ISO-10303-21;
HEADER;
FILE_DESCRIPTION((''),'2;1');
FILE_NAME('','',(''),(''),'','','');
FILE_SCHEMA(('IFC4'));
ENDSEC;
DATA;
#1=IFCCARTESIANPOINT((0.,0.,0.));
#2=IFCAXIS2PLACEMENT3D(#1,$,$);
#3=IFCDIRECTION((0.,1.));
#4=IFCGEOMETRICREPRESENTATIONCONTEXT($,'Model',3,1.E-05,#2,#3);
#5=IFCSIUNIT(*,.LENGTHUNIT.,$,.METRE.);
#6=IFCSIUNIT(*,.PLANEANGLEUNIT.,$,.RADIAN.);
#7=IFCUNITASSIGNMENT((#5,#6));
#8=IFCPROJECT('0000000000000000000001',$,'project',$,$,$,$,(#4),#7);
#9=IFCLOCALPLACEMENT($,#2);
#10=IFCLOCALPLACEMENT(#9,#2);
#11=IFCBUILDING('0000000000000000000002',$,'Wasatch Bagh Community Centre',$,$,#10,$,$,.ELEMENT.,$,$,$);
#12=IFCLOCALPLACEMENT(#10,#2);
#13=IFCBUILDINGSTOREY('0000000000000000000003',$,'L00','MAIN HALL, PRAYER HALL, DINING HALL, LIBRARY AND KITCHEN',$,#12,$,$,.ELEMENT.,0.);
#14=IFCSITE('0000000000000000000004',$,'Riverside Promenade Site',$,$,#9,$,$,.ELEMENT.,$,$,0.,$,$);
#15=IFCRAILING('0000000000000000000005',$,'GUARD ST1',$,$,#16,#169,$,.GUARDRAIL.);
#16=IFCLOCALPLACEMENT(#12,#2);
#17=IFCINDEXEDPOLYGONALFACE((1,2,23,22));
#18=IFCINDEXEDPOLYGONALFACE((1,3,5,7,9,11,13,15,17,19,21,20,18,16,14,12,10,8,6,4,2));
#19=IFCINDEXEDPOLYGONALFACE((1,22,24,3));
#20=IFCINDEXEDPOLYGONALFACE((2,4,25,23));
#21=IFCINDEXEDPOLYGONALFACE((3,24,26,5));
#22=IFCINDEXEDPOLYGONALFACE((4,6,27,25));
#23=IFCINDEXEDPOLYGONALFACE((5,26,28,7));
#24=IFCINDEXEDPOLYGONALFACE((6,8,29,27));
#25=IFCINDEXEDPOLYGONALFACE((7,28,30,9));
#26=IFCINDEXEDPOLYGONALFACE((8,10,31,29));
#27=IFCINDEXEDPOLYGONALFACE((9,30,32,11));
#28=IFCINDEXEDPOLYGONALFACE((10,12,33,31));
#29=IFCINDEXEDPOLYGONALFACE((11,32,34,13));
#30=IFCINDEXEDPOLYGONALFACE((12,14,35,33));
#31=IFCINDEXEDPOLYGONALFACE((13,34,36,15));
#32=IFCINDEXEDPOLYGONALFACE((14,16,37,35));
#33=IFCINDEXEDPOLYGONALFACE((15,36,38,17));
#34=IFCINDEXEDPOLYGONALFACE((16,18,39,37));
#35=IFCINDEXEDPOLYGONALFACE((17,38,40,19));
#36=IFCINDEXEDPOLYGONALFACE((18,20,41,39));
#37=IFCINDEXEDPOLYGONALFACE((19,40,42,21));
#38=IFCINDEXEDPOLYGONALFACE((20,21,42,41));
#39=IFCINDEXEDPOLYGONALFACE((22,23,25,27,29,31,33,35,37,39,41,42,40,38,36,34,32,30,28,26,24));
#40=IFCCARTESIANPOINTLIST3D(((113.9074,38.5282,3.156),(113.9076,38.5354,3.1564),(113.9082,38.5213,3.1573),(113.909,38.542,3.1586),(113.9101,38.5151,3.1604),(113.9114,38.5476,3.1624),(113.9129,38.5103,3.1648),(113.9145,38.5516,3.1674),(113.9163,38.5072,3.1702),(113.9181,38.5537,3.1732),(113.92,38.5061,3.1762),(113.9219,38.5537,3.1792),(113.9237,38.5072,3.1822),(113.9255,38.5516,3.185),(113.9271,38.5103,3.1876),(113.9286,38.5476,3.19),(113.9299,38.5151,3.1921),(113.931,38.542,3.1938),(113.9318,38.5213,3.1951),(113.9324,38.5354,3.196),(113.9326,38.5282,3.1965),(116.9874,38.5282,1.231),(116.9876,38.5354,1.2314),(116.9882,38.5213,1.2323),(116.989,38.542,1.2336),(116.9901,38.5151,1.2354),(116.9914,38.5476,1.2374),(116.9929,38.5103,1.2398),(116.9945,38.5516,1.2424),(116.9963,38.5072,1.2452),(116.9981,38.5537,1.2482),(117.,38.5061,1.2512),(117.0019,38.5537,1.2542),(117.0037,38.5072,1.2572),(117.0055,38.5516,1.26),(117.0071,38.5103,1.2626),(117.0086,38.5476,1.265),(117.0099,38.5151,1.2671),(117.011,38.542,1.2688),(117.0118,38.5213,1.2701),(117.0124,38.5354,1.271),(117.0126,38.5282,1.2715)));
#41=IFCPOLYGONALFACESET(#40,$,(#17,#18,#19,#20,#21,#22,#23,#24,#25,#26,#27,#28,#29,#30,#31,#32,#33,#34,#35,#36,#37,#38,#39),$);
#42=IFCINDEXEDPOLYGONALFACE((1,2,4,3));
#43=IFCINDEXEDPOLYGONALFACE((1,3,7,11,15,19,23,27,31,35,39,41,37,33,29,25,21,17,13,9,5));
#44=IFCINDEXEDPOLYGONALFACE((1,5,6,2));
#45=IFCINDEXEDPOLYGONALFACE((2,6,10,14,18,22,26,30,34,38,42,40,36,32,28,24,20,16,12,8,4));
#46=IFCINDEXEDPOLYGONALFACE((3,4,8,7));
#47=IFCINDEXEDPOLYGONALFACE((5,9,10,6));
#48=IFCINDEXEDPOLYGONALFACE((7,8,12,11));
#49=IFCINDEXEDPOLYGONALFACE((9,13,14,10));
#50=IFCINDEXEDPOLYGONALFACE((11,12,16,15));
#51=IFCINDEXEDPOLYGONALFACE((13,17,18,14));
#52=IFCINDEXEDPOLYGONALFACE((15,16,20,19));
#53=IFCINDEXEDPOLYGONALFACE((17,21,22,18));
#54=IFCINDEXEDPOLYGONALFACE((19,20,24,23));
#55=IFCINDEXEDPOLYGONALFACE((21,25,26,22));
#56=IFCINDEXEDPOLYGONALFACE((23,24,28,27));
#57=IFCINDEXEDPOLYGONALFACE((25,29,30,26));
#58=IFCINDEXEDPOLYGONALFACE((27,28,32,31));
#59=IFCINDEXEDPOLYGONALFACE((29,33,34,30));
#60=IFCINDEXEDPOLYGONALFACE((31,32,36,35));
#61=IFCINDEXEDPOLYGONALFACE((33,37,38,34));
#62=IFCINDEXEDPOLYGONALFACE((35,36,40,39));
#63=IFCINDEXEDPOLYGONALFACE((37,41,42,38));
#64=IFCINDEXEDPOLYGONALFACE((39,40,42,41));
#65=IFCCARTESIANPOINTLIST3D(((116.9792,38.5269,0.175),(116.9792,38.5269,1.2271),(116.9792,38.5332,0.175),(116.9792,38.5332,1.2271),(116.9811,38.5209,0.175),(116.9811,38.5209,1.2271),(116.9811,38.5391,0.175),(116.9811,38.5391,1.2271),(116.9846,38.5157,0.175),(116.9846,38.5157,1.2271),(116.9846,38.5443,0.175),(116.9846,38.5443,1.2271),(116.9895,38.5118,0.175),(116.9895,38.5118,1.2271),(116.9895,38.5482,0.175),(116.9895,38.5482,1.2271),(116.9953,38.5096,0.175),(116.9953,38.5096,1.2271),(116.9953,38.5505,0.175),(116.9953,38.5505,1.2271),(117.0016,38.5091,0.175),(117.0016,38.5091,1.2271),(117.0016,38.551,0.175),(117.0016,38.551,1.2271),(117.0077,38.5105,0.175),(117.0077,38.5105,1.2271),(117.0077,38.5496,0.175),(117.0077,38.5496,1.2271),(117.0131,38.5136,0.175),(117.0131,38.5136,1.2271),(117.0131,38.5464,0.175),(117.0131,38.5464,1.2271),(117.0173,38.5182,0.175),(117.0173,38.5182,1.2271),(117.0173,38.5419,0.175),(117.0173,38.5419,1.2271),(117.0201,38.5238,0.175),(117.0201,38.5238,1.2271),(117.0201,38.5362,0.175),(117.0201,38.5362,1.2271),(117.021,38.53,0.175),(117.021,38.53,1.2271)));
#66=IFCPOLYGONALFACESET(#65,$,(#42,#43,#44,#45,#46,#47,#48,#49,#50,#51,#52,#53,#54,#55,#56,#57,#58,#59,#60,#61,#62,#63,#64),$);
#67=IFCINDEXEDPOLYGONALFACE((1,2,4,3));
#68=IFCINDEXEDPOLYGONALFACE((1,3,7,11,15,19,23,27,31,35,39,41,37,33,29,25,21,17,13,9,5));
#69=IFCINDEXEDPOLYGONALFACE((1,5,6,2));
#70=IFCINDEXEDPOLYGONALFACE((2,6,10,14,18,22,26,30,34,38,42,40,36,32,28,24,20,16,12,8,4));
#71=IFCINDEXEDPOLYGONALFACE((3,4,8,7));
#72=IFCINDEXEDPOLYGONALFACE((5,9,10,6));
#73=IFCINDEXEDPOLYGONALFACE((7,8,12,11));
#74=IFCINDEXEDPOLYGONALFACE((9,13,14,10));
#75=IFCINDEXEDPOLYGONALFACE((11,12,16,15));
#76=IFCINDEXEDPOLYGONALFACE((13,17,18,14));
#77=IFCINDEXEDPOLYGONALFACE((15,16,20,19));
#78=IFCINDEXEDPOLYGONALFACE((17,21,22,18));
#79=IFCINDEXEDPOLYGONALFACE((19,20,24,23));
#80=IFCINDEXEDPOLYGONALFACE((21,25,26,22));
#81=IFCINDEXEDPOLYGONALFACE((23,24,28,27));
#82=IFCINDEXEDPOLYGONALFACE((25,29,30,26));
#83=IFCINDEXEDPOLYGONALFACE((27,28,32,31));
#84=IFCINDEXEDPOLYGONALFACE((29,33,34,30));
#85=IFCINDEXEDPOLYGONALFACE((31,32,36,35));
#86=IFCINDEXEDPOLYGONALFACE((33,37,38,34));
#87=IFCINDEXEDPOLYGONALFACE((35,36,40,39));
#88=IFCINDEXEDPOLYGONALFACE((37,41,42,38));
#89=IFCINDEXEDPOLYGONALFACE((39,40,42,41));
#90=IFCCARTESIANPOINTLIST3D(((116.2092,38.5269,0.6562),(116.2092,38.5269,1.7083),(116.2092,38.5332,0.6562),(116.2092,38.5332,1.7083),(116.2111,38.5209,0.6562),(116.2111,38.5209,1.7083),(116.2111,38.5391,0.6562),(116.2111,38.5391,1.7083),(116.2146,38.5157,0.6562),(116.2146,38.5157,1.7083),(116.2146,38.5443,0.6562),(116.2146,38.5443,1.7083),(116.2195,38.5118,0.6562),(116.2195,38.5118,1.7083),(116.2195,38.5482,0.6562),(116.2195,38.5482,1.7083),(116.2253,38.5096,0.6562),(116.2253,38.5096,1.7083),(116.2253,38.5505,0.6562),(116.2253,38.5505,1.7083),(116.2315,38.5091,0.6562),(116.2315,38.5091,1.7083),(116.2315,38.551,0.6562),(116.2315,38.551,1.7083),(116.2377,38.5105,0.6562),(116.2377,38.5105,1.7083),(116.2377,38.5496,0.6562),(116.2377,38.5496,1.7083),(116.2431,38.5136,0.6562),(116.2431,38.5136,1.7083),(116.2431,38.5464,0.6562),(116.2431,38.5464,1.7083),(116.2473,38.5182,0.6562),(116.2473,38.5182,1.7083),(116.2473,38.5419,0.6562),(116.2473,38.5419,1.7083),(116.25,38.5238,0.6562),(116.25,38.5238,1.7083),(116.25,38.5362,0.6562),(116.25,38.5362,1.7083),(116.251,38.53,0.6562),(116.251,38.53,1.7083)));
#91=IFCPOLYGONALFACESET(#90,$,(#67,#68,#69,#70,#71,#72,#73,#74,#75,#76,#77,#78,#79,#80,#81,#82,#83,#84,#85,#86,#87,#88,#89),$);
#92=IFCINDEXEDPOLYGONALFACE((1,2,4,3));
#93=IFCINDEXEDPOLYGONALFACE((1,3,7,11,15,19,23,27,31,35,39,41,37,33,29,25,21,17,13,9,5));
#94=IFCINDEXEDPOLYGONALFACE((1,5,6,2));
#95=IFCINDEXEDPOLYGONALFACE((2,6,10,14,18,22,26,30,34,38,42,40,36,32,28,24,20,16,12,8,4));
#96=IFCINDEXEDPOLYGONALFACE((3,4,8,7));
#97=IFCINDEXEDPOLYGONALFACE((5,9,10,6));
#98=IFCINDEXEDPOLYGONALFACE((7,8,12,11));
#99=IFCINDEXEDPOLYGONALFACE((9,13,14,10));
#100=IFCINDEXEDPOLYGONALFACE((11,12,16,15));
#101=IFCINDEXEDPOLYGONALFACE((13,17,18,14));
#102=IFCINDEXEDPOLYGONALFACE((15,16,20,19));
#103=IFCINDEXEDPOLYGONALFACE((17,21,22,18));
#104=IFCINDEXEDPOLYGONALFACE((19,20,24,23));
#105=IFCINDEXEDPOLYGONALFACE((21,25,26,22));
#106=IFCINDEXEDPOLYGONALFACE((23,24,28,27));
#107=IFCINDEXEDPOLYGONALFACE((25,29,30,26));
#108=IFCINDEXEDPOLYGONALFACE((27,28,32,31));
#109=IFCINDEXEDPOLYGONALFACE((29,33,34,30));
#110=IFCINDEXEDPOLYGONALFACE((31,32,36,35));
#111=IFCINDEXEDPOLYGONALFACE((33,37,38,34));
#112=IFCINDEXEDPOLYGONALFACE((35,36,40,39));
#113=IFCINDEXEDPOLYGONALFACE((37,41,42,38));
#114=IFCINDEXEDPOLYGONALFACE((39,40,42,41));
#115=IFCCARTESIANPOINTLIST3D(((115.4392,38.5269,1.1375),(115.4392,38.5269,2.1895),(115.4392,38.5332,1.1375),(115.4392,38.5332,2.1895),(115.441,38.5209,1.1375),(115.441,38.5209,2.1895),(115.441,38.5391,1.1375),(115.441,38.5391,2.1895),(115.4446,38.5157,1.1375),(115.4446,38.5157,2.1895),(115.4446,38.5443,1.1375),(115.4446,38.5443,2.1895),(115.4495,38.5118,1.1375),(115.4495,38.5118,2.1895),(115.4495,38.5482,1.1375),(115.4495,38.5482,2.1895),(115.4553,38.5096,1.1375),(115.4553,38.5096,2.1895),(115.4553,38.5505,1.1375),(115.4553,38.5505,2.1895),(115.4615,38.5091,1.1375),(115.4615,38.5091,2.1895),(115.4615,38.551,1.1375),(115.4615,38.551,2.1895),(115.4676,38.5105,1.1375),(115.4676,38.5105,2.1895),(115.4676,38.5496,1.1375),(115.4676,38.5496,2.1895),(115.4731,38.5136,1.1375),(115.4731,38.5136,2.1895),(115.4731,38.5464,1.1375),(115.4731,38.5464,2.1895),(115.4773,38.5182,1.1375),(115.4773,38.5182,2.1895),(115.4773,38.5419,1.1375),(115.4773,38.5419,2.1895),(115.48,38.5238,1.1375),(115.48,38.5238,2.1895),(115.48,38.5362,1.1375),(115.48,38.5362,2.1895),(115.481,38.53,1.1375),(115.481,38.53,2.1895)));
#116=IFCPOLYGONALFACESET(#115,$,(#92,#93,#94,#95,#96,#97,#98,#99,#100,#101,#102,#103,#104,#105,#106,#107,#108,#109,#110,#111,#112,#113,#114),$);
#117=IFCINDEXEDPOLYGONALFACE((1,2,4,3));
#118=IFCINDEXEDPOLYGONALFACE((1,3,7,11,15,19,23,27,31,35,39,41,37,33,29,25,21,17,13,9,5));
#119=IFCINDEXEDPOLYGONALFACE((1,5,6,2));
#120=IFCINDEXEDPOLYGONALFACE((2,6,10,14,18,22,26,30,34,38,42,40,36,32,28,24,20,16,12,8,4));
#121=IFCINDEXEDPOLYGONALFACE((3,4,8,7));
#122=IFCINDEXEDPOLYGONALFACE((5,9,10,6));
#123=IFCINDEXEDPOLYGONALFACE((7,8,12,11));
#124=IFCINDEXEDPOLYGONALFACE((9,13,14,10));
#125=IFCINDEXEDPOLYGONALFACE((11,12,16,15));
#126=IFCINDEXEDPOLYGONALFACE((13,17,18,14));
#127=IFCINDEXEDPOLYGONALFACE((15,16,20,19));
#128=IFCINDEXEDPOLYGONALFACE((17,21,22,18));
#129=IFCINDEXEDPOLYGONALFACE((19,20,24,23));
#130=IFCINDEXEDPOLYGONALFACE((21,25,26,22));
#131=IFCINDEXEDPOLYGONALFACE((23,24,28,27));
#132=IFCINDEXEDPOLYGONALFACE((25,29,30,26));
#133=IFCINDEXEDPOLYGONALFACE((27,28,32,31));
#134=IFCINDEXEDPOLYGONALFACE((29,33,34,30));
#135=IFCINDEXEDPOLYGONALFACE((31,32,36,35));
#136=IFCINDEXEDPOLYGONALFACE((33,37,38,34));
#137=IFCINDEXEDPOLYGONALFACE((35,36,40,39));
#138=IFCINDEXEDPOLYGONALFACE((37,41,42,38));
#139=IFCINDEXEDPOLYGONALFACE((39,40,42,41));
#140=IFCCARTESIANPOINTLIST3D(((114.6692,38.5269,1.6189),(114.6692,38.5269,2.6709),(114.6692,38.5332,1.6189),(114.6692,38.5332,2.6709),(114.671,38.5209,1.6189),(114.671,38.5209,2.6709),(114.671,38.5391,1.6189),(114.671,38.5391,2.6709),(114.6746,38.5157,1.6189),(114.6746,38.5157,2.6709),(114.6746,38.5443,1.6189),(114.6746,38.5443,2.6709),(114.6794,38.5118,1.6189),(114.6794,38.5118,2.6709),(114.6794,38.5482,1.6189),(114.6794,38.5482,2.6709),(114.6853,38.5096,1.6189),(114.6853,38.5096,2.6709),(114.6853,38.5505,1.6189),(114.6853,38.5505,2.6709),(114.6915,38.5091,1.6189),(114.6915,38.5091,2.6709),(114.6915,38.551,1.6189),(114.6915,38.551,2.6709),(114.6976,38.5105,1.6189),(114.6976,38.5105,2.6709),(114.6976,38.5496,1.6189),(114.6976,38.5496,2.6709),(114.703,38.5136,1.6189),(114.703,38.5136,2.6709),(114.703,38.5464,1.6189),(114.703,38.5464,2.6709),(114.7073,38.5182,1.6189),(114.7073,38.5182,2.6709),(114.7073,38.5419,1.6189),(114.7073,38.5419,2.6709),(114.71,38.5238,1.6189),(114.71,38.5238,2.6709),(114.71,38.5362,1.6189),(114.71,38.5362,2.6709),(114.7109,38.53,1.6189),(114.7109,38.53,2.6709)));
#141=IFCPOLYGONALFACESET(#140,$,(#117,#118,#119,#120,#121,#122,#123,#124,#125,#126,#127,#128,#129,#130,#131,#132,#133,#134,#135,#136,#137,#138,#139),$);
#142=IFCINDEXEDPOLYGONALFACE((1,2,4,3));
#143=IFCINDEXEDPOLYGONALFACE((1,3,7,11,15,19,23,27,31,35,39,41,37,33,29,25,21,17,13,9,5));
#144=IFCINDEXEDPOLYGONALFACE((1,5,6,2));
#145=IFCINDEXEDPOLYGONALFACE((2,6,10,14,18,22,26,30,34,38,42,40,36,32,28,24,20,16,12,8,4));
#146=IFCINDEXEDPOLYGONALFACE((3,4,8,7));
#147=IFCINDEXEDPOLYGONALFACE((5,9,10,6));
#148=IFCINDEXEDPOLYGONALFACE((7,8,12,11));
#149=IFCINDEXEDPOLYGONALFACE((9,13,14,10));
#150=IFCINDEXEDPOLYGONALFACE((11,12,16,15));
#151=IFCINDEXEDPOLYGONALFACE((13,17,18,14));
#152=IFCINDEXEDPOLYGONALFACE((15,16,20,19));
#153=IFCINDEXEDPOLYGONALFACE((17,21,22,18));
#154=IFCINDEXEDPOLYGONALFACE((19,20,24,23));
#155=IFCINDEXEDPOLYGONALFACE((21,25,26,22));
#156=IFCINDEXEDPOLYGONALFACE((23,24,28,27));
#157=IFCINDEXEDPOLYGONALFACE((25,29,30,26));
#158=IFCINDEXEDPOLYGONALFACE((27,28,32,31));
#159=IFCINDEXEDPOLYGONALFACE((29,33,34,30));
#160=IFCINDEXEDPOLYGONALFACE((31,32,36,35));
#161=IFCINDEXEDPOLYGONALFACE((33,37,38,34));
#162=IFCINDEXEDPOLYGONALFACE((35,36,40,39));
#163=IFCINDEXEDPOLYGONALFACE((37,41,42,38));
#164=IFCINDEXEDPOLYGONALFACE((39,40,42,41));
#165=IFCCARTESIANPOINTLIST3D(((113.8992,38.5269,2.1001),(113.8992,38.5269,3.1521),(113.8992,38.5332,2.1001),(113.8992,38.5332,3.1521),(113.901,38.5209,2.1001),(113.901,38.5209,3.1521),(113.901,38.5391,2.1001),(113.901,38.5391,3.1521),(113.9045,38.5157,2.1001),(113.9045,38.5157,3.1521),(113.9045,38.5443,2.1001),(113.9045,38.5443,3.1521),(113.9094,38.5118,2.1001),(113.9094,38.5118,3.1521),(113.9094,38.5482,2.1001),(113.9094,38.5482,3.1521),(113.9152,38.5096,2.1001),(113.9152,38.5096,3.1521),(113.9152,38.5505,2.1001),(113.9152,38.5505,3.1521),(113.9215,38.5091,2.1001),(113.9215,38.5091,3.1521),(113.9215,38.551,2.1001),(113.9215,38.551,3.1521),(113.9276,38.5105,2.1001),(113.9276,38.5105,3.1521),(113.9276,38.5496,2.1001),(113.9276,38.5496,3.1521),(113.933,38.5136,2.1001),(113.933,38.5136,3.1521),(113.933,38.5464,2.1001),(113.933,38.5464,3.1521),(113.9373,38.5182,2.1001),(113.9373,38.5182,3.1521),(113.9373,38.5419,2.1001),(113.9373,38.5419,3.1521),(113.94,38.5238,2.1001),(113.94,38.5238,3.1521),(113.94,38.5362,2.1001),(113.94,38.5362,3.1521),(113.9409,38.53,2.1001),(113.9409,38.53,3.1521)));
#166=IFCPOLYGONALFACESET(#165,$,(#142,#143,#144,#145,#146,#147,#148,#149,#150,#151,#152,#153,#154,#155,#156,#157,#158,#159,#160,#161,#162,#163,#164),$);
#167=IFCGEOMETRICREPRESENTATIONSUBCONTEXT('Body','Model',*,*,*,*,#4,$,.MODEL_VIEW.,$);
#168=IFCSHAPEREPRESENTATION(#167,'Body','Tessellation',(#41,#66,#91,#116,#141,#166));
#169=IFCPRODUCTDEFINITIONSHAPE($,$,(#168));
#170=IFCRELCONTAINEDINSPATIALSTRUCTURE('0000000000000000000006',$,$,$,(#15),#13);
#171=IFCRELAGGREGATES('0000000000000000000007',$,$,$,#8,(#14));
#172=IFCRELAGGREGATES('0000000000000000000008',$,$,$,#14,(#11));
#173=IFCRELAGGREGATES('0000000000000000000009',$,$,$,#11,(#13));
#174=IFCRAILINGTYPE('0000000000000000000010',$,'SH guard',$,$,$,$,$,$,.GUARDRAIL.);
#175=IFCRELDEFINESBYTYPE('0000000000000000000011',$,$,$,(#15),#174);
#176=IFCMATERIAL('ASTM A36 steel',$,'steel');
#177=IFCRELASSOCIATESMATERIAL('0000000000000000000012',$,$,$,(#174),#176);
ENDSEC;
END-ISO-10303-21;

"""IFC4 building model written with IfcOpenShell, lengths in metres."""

from ifc_helpers import new_model, si_unit, direction, frame, origin, origin_2d, place, context, subcontext, project, spatial, circle, extrude, material, type_object, element, save


model = new_model("IFC4")

# Units and contexts
model_context = context("Model", 3, precision=1e-05, world=origin(), true_north=direction((0.0, 1.0)))
body_context = subcontext(model_context, "Body", "Model", "MODEL_VIEW")
ifc_project = project(units=[si_unit("LENGTHUNIT", "METRE"), si_unit("PLANEANGLEUNIT", "RADIAN")], contexts=[model_context])

# Site, building, storey
site_placement = place(None, origin())
site = spatial("IfcSite", under=ifc_project, at=site_placement, Name="Riverside Promenade Site", CompositionType="ELEMENT", RefElevation=0.0)
building_placement = place(site_placement, origin())
building = spatial("IfcBuilding", under=site, at=building_placement, Name="Wasatch Bagh Community Centre", CompositionType="ELEMENT")
storey_placement = place(building_placement, origin())
storey = spatial("IfcBuildingStorey", under=building, at=storey_placement, Name="L00", Description="MAIN HALL, PRAYER HALL, DINING HALL, LIBRARY AND KITCHEN", CompositionType="ELEMENT", Elevation=0.0)

# Railing
ifc_material_1 = material(Name="ASTM A36 steel", Category="steel")
railing_type = type_object("IfcRailingType", Name="SH guard", PredefinedType="GUARDRAIL", material=ifc_material_1)
railing_placement = place(storey_placement, frame((117.0, 38.53, 0.175)))
element("IfcRailing", 1, at=railing_placement, inside=storey, type_object=railing_type, Name="GUARD ST1", PredefinedType="GUARDRAIL", context=body_context, shape_type="SweptSolid", body=[
    extrude(circle(Radius=0.0239, at=origin_2d()), frame((0.0, 0.0, 1.0762), z_axis=(-0.847998, 0.0, 0.529999), x_axis=(0.0, -1.0, 0.0)), (0.0, 0.0, 1.0), 3.6321),
    extrude(circle(Radius=0.021, at=origin_2d()), origin(), (0.0, 0.0, 1.0), 1.052),
    extrude(circle(Radius=0.021, at=origin_2d()), frame((-0.77, 0.0, 0.4812)), (0.0, 0.0, 1.0), 1.052),
    extrude(circle(Radius=0.021, at=origin_2d()), frame((-1.54, 0.0, 0.9624)), (0.0, 0.0, 1.0), 1.052),
    extrude(circle(Radius=0.021, at=origin_2d()), frame((-2.3101, 0.0, 1.4438)), (0.0, 0.0, 1.0), 1.052),
    extrude(circle(Radius=0.021, at=origin_2d()), frame((-3.0801, 0.0, 1.925)), (0.0, 0.0, 1.0), 1.052),
])

save(model, "model.ifc")
